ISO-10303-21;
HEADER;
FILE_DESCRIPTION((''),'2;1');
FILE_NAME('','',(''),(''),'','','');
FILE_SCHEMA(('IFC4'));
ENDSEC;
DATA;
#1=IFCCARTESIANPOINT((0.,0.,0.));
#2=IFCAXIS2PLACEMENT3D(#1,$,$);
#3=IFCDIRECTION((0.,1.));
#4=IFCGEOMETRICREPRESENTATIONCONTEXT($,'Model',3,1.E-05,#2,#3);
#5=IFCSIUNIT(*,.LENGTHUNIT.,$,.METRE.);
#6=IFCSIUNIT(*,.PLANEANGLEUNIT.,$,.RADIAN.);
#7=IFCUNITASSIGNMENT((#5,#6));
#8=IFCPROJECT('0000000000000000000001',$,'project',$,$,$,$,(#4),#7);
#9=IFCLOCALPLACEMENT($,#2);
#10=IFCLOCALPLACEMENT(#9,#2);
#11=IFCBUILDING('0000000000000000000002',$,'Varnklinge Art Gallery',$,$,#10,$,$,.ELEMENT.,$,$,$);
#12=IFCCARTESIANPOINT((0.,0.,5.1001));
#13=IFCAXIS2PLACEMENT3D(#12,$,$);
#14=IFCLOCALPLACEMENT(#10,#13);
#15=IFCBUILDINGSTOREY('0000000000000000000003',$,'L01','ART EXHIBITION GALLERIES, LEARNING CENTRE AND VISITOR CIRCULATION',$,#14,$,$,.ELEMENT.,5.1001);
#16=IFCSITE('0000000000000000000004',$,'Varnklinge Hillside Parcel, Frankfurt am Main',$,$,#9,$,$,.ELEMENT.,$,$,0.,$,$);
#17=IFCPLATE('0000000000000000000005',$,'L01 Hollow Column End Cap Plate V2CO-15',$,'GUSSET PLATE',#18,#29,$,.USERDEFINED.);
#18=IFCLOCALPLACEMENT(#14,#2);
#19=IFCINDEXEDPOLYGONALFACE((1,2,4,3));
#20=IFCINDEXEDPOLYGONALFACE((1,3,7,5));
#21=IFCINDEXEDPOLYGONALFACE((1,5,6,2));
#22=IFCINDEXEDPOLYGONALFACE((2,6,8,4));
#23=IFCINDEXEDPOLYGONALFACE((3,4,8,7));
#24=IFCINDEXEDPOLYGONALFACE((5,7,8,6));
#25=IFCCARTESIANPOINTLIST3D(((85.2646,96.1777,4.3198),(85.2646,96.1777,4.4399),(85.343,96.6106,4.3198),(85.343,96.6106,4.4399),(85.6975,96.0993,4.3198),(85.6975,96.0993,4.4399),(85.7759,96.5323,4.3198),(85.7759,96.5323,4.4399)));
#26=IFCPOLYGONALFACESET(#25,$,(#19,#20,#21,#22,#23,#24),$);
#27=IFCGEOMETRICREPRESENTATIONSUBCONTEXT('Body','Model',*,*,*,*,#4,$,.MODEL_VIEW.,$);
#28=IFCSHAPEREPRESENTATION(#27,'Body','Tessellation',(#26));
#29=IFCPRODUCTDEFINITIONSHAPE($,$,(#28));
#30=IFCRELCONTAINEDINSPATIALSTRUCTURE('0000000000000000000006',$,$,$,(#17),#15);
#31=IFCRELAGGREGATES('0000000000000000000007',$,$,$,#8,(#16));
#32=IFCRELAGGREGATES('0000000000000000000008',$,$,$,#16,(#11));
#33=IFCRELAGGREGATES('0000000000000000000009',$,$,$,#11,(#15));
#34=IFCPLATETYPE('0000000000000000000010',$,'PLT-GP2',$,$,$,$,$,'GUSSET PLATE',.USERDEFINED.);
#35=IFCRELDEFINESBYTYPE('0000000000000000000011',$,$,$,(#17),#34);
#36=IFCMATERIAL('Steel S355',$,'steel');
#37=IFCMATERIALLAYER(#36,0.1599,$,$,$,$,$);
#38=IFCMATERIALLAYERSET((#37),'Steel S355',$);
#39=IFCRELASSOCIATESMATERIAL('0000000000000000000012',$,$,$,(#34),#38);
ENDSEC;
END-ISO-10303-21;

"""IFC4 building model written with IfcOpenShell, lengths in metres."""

from ifc_helpers import new_model, si_unit, direction, frame, origin, origin_2d, place, context, subcontext, project, spatial, rectangle, extrude, material, layer, layer_set, type_object, element, save


model = new_model("IFC4")

# Units and contexts
model_context = context("Model", 3, precision=1e-05, world=origin(), true_north=direction((0.0, 1.0)))
body_context = subcontext(model_context, "Body", "Model", "MODEL_VIEW")
ifc_project = project(units=[si_unit("LENGTHUNIT", "METRE"), si_unit("PLANEANGLEUNIT", "RADIAN")], contexts=[model_context])

# Site, building, storey
site_placement = place(None, origin())
site = spatial("IfcSite", under=ifc_project, at=site_placement, Name="Varnklinge Hillside Parcel, Frankfurt am Main", CompositionType="ELEMENT", RefElevation=0.0)
building_placement = place(site_placement, origin())
building = spatial("IfcBuilding", under=site, at=building_placement, Name="Varnklinge Art Gallery", CompositionType="ELEMENT")
storey_placement = place(building_placement, frame((0.0, 0.0, 5.1001)))
storey = spatial("IfcBuildingStorey", under=building, at=storey_placement, Name="L01", Description="ART EXHIBITION GALLERIES, LEARNING CENTRE AND VISITOR CIRCULATION", CompositionType="ELEMENT", Elevation=5.1001)

# Plate
ifc_material_1 = material(Name="Steel S355", Category="steel")
ifc_layer_1 = layer(ifc_material_1, 0.1599)
ifc_layer_set_1 = layer_set([ifc_layer_1], Name="Steel S355")
plate_type_1 = type_object("IfcPlateType", Name="PLT-GP2", ElementType="GUSSET PLATE", PredefinedType="USERDEFINED", material=ifc_layer_set_1)
plate_1_placement = place(storey_placement, frame((85.5203, 96.355, 4.3198), z_axis=(0.0, 0.0, 1.0), x_axis=(-0.178115, -0.98401, 0.0)))
element("IfcPlate", 1, at=plate_1_placement, inside=storey, type_object=plate_type_1, Name="L01 Hollow Column End Cap Plate V2CO-15", ObjectType="GUSSET PLATE", PredefinedType="USERDEFINED", context=body_context, shape_type="SweptSolid", body=[
    extrude(rectangle(XDim=0.4399, YDim=0.4399, at=origin_2d()), origin(), (0.0, 0.0, 1.0), 0.1201),
])

save(model, "model.ifc")
